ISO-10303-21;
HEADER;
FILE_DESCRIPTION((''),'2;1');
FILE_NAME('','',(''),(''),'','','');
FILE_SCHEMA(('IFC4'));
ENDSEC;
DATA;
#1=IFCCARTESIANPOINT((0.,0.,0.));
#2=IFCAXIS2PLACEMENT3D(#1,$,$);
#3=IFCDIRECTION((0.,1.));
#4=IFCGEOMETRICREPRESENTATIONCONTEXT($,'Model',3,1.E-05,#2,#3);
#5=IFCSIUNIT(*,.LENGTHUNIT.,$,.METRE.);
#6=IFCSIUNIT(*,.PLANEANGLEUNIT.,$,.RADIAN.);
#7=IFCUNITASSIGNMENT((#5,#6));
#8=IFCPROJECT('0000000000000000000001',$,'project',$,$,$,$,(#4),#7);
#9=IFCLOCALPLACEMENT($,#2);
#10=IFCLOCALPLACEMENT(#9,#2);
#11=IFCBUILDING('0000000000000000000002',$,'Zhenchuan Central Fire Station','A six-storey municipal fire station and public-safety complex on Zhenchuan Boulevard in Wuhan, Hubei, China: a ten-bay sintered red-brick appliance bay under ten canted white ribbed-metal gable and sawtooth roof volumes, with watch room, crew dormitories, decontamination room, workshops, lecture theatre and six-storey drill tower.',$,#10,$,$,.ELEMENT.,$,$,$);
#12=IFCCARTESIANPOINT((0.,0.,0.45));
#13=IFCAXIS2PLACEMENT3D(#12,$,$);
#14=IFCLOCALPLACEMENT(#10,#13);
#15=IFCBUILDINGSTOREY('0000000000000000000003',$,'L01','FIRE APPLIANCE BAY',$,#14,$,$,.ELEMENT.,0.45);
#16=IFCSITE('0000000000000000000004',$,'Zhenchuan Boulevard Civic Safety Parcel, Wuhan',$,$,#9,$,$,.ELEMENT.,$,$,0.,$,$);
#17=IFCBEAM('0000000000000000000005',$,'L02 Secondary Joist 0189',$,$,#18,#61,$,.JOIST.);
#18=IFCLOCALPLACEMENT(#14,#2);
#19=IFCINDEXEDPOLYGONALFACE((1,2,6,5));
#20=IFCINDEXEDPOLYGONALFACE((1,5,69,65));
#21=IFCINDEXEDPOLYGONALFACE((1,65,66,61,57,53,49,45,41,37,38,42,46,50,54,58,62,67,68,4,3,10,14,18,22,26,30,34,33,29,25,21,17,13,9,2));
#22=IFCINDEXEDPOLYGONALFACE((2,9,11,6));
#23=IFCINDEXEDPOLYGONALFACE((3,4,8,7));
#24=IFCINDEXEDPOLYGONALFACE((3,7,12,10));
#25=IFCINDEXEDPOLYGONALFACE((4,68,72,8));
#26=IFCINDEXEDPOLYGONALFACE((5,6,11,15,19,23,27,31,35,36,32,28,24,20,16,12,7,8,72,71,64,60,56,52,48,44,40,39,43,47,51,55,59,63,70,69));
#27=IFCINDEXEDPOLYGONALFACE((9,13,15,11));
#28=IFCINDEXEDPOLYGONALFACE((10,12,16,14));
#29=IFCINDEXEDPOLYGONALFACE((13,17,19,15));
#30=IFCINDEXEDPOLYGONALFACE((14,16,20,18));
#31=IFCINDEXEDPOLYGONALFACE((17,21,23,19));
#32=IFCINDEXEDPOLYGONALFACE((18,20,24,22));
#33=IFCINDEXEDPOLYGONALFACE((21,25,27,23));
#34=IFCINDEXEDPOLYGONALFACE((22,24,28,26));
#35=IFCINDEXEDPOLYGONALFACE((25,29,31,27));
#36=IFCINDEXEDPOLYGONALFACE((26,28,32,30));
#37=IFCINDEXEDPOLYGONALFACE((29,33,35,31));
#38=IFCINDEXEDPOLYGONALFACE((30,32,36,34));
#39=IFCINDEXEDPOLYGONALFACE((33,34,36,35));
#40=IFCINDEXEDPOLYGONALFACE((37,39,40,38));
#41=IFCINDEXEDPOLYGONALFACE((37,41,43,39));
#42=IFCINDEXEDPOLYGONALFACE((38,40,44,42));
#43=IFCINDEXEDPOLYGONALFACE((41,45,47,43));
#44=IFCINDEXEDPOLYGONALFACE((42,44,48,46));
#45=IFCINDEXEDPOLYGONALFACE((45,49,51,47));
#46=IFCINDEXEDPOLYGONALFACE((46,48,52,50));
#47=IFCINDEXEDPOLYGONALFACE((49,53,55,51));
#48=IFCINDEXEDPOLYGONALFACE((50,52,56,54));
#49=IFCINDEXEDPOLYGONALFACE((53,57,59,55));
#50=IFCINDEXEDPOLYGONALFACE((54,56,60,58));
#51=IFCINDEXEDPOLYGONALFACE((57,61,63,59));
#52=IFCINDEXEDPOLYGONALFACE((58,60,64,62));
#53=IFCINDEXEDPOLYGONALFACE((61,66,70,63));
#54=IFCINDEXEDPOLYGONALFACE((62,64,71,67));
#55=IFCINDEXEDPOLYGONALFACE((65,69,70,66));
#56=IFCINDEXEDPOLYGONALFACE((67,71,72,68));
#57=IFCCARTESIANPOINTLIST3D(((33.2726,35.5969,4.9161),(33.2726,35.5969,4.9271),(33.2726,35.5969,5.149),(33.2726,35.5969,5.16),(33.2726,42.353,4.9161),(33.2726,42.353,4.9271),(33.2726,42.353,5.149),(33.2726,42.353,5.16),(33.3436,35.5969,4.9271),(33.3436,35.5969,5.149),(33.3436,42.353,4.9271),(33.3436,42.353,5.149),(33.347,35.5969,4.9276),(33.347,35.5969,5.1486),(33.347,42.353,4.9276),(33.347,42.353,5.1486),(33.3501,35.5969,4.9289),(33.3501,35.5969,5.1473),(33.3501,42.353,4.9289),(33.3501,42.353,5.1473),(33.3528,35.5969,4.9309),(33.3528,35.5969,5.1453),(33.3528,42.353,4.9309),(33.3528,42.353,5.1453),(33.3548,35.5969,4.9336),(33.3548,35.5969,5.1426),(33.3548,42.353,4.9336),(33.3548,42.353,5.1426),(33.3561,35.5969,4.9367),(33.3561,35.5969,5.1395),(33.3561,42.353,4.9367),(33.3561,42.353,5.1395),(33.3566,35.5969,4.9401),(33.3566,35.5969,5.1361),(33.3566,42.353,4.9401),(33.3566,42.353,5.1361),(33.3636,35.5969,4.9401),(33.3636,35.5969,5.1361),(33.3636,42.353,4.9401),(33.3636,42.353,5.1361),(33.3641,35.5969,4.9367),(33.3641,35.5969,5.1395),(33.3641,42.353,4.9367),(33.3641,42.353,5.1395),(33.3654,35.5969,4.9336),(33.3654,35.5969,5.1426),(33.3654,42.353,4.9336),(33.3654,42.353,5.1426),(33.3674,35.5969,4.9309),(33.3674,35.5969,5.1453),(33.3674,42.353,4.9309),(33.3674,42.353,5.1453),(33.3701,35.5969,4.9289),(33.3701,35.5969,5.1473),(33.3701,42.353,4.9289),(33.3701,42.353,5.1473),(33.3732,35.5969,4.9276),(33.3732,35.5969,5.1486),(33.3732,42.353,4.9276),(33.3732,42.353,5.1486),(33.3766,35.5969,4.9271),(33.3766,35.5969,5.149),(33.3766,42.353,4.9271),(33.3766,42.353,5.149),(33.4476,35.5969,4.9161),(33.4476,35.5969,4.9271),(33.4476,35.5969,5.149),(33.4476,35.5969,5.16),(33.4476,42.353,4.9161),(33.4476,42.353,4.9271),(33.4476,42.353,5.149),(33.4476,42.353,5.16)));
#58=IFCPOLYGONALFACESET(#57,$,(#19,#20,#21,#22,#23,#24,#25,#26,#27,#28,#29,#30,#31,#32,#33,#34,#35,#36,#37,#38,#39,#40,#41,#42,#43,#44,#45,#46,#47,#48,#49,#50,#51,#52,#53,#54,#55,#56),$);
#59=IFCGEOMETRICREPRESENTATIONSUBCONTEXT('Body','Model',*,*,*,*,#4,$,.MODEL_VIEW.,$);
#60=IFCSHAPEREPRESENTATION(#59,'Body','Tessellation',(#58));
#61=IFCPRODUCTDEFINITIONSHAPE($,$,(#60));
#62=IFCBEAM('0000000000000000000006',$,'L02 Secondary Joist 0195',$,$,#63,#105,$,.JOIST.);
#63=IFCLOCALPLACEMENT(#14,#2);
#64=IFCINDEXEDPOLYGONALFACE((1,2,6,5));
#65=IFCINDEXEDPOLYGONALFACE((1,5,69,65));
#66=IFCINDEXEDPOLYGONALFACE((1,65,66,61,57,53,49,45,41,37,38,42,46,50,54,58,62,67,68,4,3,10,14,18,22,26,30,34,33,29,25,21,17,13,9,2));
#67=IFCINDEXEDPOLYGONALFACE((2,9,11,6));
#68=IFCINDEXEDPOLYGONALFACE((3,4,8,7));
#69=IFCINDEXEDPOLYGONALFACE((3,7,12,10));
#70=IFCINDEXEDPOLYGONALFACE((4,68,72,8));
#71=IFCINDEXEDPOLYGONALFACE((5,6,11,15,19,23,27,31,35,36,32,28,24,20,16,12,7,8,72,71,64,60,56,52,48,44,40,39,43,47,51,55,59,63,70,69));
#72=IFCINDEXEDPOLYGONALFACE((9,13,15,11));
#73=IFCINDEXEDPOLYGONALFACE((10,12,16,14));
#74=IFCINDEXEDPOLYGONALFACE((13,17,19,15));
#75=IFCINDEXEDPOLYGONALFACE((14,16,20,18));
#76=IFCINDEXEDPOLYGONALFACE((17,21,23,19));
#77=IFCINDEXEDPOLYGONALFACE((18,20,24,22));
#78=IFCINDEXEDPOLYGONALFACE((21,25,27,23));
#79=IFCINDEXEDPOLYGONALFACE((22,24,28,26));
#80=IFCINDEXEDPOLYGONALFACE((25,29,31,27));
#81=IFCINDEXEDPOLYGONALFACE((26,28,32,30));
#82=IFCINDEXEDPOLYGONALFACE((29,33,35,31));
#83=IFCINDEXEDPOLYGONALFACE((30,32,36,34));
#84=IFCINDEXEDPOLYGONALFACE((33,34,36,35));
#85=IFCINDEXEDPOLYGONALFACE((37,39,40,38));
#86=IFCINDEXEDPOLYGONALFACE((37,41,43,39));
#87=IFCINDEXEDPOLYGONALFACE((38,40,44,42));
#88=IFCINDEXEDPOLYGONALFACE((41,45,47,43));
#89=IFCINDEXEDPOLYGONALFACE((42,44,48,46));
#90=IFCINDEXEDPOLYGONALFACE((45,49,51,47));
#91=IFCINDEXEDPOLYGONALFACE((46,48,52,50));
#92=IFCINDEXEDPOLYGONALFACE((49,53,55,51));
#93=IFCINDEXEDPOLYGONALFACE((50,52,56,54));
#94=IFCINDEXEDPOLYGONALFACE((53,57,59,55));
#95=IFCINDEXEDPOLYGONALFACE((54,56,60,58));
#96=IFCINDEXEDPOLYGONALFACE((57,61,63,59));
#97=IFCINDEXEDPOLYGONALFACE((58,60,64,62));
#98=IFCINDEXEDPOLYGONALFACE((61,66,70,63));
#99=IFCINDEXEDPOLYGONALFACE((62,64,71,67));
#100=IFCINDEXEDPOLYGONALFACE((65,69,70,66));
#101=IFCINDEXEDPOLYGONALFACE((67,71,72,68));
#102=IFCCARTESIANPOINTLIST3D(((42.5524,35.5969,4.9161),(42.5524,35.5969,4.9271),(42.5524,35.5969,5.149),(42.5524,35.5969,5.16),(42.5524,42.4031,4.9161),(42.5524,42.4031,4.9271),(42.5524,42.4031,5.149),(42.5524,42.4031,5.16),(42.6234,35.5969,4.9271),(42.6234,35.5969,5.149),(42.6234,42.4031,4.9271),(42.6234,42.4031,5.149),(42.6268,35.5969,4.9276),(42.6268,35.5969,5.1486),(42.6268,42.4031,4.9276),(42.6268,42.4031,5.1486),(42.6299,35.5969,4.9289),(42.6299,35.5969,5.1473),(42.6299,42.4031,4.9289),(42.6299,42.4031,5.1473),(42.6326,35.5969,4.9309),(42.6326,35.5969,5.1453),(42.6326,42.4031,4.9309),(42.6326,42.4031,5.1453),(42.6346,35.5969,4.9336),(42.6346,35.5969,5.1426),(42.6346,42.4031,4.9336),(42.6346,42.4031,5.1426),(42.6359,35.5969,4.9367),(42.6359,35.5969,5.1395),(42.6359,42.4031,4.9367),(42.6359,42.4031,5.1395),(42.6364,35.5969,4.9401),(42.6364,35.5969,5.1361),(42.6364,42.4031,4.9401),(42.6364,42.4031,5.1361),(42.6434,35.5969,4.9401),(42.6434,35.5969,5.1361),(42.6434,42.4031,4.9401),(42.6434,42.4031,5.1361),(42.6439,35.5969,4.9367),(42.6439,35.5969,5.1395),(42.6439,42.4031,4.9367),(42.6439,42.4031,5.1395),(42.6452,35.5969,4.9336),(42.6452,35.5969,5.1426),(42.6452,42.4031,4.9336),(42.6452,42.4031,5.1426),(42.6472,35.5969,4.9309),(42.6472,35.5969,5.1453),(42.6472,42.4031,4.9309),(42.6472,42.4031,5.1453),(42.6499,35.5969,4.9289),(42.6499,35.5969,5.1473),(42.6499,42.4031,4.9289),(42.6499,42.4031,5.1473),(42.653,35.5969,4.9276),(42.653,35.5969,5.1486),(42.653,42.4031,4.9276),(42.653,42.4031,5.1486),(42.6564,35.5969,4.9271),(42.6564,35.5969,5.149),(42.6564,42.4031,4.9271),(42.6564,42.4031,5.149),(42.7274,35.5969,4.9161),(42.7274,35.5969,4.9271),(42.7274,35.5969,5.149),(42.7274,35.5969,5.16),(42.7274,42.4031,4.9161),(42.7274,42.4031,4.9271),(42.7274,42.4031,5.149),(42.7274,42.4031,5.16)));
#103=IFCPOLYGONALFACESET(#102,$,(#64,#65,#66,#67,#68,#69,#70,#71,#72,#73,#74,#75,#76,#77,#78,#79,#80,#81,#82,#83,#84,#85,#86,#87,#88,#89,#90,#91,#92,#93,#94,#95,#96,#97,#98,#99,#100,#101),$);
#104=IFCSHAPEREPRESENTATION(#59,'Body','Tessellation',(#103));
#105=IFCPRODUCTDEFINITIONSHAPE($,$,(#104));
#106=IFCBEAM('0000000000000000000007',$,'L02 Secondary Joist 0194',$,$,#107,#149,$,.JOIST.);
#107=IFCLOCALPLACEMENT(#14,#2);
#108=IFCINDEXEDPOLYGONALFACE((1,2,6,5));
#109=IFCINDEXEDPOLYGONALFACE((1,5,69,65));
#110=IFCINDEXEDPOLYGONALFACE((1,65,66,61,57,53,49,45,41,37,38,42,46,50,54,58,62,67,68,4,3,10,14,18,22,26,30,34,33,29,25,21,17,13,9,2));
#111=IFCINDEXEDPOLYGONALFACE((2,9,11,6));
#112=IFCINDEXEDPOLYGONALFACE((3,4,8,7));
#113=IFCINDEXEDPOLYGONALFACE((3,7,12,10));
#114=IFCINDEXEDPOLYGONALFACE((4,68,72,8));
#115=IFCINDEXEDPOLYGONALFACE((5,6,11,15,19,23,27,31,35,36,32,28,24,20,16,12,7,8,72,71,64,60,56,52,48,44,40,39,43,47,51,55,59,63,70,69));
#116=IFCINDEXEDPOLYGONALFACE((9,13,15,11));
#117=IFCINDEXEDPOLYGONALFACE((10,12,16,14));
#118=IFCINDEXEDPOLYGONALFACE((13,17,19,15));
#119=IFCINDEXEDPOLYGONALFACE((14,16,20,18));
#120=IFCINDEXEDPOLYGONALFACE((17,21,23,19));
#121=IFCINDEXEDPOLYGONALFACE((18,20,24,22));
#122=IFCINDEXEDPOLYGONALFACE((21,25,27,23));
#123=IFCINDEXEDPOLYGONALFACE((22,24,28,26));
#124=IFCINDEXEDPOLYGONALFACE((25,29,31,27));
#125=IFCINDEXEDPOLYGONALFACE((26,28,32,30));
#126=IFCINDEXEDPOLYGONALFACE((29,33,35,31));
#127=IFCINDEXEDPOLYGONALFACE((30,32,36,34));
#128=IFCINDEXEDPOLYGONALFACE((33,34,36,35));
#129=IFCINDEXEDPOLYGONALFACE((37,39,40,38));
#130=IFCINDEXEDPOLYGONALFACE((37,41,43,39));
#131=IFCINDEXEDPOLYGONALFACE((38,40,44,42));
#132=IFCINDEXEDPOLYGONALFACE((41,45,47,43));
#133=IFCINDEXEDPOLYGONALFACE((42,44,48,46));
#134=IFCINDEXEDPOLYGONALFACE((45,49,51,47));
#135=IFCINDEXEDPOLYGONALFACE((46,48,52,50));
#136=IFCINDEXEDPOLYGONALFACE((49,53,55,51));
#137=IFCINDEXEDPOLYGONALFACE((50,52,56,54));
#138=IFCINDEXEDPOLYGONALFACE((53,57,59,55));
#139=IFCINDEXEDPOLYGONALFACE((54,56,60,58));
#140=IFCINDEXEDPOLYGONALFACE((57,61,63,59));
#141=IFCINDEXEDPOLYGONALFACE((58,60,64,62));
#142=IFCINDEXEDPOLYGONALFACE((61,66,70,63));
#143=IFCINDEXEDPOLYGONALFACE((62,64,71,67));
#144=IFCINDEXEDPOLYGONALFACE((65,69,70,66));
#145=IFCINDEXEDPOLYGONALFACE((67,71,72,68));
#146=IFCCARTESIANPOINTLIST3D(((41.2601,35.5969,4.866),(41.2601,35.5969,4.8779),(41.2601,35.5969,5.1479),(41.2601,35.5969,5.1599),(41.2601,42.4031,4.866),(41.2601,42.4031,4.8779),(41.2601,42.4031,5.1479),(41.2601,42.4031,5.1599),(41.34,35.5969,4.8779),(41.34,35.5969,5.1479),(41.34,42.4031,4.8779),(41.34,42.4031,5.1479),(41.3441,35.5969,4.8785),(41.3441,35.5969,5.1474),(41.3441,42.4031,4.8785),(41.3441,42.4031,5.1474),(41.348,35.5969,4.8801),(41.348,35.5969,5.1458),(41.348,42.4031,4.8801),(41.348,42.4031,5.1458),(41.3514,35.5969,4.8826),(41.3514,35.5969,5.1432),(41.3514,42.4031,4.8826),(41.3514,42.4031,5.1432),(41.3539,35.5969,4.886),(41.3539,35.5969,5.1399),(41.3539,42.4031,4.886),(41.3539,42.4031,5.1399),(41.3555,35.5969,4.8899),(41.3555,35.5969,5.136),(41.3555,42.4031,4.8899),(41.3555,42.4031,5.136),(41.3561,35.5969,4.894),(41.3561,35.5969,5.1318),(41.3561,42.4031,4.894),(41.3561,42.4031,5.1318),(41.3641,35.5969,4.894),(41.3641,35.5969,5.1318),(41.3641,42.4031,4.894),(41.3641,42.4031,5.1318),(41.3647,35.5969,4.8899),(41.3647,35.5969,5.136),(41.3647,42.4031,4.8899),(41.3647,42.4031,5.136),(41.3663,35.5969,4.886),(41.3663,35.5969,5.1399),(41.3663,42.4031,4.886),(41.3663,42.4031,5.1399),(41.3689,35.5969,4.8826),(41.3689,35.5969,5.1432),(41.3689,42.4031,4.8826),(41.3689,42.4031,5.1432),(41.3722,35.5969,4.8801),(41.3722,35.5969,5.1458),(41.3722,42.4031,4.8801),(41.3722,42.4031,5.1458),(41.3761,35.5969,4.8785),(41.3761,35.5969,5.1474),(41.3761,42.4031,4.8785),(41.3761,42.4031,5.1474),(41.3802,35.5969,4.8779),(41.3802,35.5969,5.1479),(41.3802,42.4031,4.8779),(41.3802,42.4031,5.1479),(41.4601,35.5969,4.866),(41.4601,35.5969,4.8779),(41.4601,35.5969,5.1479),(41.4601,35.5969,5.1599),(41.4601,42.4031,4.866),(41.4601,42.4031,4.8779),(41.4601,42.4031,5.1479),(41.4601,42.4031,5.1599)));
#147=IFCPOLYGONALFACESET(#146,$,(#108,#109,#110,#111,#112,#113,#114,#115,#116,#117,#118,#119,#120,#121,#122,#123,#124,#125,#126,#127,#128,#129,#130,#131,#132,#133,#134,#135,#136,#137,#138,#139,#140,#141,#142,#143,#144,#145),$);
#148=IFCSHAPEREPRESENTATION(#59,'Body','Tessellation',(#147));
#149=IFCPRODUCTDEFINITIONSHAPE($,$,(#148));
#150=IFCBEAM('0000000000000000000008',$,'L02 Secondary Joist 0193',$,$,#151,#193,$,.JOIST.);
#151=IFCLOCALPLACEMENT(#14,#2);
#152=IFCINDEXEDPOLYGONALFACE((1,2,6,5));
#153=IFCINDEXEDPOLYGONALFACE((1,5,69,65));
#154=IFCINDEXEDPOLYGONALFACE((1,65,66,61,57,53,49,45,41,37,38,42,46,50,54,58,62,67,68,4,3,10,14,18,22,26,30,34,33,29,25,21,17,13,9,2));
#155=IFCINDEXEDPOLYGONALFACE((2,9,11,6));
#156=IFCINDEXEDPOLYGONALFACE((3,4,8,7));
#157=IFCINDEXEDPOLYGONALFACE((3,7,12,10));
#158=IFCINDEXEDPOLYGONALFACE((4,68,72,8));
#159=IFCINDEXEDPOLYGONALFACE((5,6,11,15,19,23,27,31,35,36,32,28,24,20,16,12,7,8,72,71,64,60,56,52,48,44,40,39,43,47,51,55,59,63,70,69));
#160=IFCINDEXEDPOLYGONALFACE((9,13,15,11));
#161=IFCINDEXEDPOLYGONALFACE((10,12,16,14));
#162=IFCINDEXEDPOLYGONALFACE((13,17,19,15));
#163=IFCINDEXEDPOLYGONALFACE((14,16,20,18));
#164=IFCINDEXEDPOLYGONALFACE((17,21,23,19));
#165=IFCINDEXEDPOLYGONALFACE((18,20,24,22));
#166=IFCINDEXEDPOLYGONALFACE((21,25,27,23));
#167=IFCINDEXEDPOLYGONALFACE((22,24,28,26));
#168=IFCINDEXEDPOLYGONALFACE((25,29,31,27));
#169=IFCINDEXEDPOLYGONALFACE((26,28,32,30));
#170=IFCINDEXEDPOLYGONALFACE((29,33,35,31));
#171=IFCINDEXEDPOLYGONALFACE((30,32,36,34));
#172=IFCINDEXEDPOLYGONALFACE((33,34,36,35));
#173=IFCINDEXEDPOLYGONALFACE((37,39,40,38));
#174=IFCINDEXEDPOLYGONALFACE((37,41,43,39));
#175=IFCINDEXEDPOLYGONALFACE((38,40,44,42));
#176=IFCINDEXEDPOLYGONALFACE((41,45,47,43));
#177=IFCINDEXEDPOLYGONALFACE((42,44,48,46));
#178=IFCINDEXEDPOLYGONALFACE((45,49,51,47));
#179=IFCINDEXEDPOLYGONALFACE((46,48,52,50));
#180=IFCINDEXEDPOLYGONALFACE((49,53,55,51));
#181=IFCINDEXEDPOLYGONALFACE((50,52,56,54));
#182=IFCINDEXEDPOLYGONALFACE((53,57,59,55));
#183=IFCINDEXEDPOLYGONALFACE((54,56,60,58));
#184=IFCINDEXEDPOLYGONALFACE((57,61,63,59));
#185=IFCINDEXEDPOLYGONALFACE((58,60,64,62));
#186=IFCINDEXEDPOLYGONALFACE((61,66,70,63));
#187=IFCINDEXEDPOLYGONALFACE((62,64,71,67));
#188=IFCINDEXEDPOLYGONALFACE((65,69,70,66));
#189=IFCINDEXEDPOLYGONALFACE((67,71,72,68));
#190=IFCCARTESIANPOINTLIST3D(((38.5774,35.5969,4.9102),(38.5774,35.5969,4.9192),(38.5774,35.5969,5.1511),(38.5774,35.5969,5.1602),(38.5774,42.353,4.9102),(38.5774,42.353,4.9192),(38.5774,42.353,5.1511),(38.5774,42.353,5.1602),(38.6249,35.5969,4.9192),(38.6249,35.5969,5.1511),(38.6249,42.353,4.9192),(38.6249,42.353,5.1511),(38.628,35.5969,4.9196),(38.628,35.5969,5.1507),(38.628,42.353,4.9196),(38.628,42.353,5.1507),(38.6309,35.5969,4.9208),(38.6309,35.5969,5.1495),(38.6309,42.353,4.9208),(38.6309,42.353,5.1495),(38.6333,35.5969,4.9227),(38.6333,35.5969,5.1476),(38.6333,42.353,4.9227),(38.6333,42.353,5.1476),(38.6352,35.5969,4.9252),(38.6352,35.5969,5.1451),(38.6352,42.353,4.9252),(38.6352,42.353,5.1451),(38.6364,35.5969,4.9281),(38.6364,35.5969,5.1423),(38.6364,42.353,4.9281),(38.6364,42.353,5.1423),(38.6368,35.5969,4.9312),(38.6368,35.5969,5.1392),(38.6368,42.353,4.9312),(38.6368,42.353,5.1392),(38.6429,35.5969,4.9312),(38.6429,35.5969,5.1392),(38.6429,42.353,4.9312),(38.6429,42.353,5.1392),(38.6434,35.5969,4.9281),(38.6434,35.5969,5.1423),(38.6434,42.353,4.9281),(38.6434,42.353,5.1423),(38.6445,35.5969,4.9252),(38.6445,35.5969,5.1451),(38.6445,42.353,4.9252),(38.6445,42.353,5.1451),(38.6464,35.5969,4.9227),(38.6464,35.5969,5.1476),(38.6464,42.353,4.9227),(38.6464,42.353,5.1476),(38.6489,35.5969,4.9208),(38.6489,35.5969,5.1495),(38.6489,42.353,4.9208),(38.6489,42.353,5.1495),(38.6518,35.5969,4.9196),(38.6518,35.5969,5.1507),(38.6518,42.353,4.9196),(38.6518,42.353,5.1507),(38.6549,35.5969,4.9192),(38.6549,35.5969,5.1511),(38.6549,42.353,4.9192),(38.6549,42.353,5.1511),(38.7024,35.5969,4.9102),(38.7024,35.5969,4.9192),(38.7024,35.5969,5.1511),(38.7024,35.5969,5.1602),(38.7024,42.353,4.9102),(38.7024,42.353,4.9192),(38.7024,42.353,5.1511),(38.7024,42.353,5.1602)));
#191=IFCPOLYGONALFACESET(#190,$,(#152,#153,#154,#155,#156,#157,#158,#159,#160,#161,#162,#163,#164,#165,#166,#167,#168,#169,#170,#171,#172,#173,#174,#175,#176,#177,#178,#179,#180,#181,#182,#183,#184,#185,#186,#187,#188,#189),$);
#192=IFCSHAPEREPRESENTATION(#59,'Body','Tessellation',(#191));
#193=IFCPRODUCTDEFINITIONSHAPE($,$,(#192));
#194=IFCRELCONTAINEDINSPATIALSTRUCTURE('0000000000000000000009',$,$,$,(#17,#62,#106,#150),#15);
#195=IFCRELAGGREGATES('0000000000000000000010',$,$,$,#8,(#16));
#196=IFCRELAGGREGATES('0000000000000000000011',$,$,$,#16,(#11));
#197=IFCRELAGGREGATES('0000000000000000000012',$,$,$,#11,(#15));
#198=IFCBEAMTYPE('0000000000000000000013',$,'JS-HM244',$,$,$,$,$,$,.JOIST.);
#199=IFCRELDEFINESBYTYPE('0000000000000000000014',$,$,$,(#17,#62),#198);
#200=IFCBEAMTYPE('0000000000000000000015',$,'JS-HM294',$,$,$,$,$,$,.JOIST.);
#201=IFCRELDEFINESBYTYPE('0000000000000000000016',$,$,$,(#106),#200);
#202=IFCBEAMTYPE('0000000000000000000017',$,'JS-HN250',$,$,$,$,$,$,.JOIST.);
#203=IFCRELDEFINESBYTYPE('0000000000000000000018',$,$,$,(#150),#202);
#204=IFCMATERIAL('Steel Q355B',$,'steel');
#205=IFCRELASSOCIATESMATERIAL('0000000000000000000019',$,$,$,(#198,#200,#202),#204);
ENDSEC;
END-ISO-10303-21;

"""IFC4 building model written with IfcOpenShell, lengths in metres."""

from ifc_helpers import new_model, si_unit, direction, frame, origin, origin_2d, place, context, subcontext, project, spatial, i_section, extrude, material, material_profile, profile_set, type_object, element, save


model = new_model("IFC4")

# Units and contexts
model_context = context("Model", 3, precision=1e-05, world=origin(), true_north=direction((0.0, 1.0)))
body_context = subcontext(model_context, "Body", "Model", "MODEL_VIEW")
ifc_project = project(units=[si_unit("LENGTHUNIT", "METRE"), si_unit("PLANEANGLEUNIT", "RADIAN")], contexts=[model_context])

# Site, building, storey
site_placement = place(None, origin())
site = spatial("IfcSite", under=ifc_project, at=site_placement, Name="Zhenchuan Boulevard Civic Safety Parcel, Wuhan", CompositionType="ELEMENT", RefElevation=0.0)
building_placement = place(site_placement, origin())
building = spatial("IfcBuilding", under=site, at=building_placement, Name="Zhenchuan Central Fire Station", Description="A six-storey municipal fire station and public-safety complex on Zhenchuan Boulevard in Wuhan, Hubei, China: a ten-bay sintered red-brick appliance bay under ten canted white ribbed-metal gable and sawtooth roof volumes, with watch room, crew dormitories, decontamination room, workshops, lecture theatre and six-storey drill tower.", CompositionType="ELEMENT")
storey_placement = place(building_placement, frame((0.0, 0.0, 0.45)))
storey = spatial("IfcBuildingStorey", under=building, at=storey_placement, Name="L01", Description="FIRE APPLIANCE BAY", CompositionType="ELEMENT", Elevation=0.45)

# Shared definitions
ifc_material_1 = material(Name="Steel Q355B", Category="steel")

# Beams
ifc_material_profile_1 = material_profile(ifc_material_1, i_section(OverallWidth=0.175, OverallDepth=0.2439, WebThickness=0.0071, FlangeThickness=0.011, FilletRadius=0.0129, at=origin_2d()), Name="HM 244x175")
ifc_profile_set_1 = profile_set([ifc_material_profile_1], Name="Steel Q355B")
beam_type_1 = type_object("IfcBeamType", Name="JS-HM244", PredefinedType="JOIST", material=ifc_profile_set_1)
beam_1_placement = place(storey_placement, frame((33.3601, 35.5969, 5.0381), z_axis=(0.0, 1.0, 0.0), x_axis=(-1.0, 0.0, 0.0)))
element("IfcBeam", 1, at=beam_1_placement, inside=storey, type_object=beam_type_1, Name="L02 Secondary Joist 0189", PredefinedType="JOIST", context=body_context, shape_type="SweptSolid", body=[
    extrude(i_section(OverallWidth=0.175, OverallDepth=0.2439, WebThickness=0.0071, FlangeThickness=0.011, FilletRadius=0.0129, at=origin_2d()), origin(), (0.0, 0.0, 1.0), 6.7561),
])
beam_2_placement = place(storey_placement, frame((42.6399, 35.5969, 5.0381), z_axis=(0.0, 1.0, 0.0), x_axis=(-1.0, 0.0, 0.0)))
element("IfcBeam", 2, at=beam_2_placement, inside=storey, type_object=beam_type_1, Name="L02 Secondary Joist 0195", PredefinedType="JOIST", context=body_context, shape_type="SweptSolid", body=[
    extrude(i_section(OverallWidth=0.175, OverallDepth=0.2439, WebThickness=0.0071, FlangeThickness=0.011, FilletRadius=0.0129, at=origin_2d()), origin(), (0.0, 0.0, 1.0), 6.8062),
])
ifc_material_profile_2 = material_profile(ifc_material_1, i_section(OverallWidth=0.2, OverallDepth=0.2939, WebThickness=0.0081, FlangeThickness=0.012, FilletRadius=0.0161, at=origin_2d()), Name="HM 294x200")
ifc_profile_set_2 = profile_set([ifc_material_profile_2], Name="Steel Q355B")
beam_type_2 = type_object("IfcBeamType", Name="JS-HM294", PredefinedType="JOIST", material=ifc_profile_set_2)
beam_3_placement = place(storey_placement, frame((41.3601, 35.5969, 5.0129), z_axis=(0.0, 1.0, 0.0), x_axis=(-1.0, 0.0, 0.0)))
element("IfcBeam", 3, at=beam_3_placement, inside=storey, type_object=beam_type_2, Name="L02 Secondary Joist 0194", PredefinedType="JOIST", context=body_context, shape_type="SweptSolid", body=[
    extrude(i_section(OverallWidth=0.2, OverallDepth=0.2939, WebThickness=0.0081, FlangeThickness=0.012, FilletRadius=0.0161, at=origin_2d()), origin(), (0.0, 0.0, 1.0), 6.8062),
])
ifc_material_profile_3 = material_profile(ifc_material_1, i_section(OverallWidth=0.125, OverallDepth=0.25, WebThickness=0.0061, FlangeThickness=0.009, FilletRadius=0.012, at=origin_2d()), Name="HN 250x125")
ifc_profile_set_3 = profile_set([ifc_material_profile_3], Name="Steel Q355B")
beam_type_3 = type_object("IfcBeamType", Name="JS-HN250", PredefinedType="JOIST", material=ifc_profile_set_3)
beam_4_placement = place(storey_placement, frame((38.6399, 35.5969, 5.0352), z_axis=(0.0, 1.0, 0.0), x_axis=(-1.0, 0.0, 0.0)))
element("IfcBeam", 4, at=beam_4_placement, inside=storey, type_object=beam_type_3, Name="L02 Secondary Joist 0193", PredefinedType="JOIST", context=body_context, shape_type="SweptSolid", body=[
    extrude(i_section(OverallWidth=0.125, OverallDepth=0.25, WebThickness=0.0061, FlangeThickness=0.009, FilletRadius=0.012, at=origin_2d()), origin(), (0.0, 0.0, 1.0), 6.7561),
])

save(model, "model.ifc")
